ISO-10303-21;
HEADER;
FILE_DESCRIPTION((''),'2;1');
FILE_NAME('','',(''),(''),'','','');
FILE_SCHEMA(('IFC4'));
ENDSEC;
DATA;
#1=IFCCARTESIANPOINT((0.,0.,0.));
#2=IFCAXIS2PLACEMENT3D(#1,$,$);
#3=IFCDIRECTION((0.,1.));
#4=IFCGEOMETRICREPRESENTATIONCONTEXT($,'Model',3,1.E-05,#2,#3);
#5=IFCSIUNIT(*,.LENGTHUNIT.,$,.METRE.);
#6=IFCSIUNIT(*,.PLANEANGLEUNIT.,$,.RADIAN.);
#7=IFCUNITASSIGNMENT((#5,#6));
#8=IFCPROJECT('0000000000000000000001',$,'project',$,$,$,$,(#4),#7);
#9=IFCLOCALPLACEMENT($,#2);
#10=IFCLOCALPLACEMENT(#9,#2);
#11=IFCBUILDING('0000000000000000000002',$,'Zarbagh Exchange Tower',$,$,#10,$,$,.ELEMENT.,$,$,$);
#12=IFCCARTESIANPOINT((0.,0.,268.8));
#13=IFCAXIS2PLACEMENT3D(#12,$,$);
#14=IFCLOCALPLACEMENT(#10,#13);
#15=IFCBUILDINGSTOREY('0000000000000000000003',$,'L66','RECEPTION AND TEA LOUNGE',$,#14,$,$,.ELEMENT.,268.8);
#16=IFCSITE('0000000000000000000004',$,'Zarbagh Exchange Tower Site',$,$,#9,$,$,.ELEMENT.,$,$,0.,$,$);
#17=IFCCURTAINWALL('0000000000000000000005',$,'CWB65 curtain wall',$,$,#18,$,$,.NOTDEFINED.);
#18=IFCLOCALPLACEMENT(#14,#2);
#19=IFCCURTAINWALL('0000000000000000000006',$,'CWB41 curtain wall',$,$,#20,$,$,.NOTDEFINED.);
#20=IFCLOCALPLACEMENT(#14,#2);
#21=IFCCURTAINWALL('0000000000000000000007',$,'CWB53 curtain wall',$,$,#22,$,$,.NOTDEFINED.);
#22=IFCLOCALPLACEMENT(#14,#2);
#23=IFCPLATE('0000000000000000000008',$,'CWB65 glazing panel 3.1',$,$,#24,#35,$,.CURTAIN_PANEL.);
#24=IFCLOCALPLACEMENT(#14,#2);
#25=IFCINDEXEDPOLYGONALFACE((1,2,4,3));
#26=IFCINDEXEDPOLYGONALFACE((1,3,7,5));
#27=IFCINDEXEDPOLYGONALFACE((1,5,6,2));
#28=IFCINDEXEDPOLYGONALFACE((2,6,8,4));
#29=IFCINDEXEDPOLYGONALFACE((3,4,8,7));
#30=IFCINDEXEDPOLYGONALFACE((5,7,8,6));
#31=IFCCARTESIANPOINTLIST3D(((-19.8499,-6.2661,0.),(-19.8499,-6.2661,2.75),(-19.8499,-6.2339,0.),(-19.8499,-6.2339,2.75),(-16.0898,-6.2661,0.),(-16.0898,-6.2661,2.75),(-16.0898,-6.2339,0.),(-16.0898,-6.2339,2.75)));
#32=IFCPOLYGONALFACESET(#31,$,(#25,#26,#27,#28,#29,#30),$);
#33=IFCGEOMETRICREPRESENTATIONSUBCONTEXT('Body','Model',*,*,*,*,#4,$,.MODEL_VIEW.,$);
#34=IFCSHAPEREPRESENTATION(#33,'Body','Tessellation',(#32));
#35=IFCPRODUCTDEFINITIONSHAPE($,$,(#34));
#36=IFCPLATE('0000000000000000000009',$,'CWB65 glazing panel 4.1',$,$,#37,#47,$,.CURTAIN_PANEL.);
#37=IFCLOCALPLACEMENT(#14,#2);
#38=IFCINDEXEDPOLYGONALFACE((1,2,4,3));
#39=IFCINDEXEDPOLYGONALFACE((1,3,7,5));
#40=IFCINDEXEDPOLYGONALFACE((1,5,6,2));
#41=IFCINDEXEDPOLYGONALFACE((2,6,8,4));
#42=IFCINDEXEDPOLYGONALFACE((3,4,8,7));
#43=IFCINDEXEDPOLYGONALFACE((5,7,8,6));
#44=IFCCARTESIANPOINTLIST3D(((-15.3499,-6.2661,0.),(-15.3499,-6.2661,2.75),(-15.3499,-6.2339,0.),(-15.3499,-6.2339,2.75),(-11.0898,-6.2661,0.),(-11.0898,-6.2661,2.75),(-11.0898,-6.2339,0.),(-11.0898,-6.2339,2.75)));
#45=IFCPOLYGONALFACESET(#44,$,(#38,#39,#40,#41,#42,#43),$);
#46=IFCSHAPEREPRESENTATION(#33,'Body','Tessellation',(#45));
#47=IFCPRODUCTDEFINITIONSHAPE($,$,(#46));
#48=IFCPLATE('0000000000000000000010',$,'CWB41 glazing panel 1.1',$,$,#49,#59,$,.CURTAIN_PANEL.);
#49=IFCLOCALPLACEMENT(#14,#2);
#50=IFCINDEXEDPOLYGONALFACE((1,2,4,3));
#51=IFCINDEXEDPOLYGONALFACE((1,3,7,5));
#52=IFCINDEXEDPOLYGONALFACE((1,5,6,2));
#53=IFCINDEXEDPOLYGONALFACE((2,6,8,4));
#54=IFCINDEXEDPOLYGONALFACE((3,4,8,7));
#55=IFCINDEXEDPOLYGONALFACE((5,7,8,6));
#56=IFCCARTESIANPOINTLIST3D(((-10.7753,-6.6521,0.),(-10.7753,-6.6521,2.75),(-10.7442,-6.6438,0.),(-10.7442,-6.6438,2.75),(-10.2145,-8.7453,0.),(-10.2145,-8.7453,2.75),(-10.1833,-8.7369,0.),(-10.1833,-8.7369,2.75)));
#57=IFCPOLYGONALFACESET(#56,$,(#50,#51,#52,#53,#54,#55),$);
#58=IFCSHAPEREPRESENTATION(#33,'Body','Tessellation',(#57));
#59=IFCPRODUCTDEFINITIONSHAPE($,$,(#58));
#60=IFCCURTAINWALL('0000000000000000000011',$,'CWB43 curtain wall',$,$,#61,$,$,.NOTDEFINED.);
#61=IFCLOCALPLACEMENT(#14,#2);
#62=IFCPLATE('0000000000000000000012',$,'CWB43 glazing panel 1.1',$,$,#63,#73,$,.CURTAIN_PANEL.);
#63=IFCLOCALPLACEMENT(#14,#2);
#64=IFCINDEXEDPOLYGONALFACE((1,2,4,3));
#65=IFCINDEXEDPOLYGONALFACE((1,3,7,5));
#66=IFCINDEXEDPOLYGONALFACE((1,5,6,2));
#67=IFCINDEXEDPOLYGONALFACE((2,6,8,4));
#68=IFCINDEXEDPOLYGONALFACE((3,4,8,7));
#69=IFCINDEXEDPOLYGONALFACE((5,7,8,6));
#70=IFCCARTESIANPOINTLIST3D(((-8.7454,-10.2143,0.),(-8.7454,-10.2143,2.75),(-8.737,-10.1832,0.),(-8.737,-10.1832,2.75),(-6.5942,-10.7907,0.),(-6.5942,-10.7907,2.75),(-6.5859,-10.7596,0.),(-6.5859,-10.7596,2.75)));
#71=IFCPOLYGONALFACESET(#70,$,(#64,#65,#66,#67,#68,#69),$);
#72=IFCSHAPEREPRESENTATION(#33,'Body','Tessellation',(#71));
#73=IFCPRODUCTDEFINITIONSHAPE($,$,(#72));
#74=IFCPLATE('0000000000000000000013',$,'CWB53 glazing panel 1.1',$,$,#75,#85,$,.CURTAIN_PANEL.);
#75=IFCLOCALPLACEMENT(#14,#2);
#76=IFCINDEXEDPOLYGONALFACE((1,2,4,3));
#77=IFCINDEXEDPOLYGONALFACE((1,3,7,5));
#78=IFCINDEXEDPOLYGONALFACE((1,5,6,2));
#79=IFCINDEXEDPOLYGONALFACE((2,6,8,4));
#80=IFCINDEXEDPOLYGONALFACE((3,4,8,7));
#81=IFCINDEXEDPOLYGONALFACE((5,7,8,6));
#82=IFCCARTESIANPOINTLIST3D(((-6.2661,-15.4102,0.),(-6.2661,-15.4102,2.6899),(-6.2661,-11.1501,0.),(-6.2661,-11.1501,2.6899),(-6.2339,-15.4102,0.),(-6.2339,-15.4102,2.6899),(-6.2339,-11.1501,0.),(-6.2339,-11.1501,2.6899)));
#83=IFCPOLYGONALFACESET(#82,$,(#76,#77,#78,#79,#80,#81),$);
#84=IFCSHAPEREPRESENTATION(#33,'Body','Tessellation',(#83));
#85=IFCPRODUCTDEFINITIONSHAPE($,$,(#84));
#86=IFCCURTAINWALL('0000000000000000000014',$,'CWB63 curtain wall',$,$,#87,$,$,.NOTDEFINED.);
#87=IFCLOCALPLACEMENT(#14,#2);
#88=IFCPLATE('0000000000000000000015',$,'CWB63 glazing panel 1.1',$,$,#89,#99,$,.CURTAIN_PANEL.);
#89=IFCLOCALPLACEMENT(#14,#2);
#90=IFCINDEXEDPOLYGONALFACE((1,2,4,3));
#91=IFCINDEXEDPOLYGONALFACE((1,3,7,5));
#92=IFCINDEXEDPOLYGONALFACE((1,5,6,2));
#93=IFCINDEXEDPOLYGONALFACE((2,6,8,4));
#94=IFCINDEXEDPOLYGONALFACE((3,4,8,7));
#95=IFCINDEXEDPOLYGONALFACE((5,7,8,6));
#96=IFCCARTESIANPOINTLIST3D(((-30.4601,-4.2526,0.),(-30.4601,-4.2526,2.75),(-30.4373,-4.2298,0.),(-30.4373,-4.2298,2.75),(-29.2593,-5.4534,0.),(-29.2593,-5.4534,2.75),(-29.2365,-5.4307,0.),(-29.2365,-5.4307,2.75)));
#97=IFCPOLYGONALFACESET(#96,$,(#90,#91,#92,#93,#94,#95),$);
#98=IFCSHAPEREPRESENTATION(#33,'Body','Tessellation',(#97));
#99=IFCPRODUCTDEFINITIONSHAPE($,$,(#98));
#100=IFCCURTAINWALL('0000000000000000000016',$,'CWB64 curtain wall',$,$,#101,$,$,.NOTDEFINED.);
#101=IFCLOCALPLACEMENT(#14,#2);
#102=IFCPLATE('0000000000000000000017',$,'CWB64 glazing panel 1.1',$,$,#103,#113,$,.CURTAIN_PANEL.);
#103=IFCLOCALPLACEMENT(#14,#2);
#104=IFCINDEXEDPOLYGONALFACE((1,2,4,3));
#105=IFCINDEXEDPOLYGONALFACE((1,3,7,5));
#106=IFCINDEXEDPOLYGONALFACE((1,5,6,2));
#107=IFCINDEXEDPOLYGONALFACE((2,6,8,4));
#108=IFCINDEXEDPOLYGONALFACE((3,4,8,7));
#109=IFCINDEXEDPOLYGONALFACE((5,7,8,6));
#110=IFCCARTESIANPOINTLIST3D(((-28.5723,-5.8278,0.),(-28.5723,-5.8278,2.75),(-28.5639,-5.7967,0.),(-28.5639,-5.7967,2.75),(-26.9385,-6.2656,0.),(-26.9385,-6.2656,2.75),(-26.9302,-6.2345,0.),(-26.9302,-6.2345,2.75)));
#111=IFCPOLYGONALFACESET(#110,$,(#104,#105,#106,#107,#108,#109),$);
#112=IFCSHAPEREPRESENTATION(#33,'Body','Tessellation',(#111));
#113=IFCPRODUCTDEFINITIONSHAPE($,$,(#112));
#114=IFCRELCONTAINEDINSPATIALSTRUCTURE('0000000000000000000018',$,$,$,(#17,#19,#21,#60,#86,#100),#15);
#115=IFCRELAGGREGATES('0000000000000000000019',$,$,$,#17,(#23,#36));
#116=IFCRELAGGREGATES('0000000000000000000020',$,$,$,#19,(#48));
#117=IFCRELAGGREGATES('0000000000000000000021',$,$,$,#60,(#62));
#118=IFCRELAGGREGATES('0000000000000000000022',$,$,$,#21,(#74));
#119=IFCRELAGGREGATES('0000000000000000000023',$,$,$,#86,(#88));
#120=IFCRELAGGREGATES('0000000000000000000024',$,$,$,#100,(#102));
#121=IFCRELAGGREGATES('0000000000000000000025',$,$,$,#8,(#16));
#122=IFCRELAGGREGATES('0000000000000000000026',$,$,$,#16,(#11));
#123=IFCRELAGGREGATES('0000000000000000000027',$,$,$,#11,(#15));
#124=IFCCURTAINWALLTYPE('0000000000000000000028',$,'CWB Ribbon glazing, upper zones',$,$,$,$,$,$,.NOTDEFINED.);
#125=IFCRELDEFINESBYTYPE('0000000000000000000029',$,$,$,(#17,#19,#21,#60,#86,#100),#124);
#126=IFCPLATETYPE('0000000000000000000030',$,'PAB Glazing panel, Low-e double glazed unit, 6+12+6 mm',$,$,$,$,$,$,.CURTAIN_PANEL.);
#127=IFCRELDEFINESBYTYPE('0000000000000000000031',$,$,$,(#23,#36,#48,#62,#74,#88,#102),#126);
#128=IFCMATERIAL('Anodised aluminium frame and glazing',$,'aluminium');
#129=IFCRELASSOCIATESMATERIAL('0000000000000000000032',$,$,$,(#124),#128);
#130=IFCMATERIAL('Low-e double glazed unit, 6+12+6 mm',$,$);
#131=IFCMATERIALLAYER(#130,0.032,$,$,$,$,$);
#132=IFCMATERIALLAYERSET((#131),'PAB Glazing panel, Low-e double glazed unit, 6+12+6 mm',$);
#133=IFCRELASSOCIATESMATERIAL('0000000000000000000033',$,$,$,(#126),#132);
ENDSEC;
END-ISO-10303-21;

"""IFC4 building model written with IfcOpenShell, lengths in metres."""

from ifc_helpers import new_model, si_unit, direction, frame, origin, place, context, subcontext, project, spatial, polyline, outline, extrude, source, transform, mapped, material, layer, layer_set, type_object, element, aggregate, save


model = new_model("IFC4")

# Units and contexts
model_context = context("Model", 3, precision=1e-05, world=origin(), true_north=direction((0.0, 1.0)))
body_context = subcontext(model_context, "Body", "Model", "MODEL_VIEW")
ifc_project = project(units=[si_unit("LENGTHUNIT", "METRE"), si_unit("PLANEANGLEUNIT", "RADIAN")], contexts=[model_context])

# Site, building, storey
site_placement = place(None, origin())
site = spatial("IfcSite", under=ifc_project, at=site_placement, Name="Zarbagh Exchange Tower Site", CompositionType="ELEMENT", RefElevation=0.0)
building_placement = place(site_placement, origin())
building = spatial("IfcBuilding", under=site, at=building_placement, Name="Zarbagh Exchange Tower", CompositionType="ELEMENT")
storey_placement = place(building_placement, frame((0.0, 0.0, 268.8)))
storey = spatial("IfcBuildingStorey", under=building, at=storey_placement, Name="L66", Description="RECEPTION AND TEA LOUNGE", CompositionType="ELEMENT", Elevation=268.8)

# Shared definitions
ifc_material_1 = material(Name="Anodised aluminium frame and glazing", Category="aluminium")
curtain_wall_type = type_object("IfcCurtainWallType", Name="CWB Ribbon glazing, upper zones", PredefinedType="NOTDEFINED", material=ifc_material_1)
placement = place(storey_placement, origin())

# Curtain wall
curtain_wall_1_placement = place(storey_placement, origin())
curtain_wall_1 = element("IfcCurtainWall", 1, at=curtain_wall_1_placement, inside=storey, type_object=curtain_wall_type, Name="CWB65 curtain wall", PredefinedType="NOTDEFINED")

# Curtain walls
curtain_wall_2_placement = place(storey_placement, origin())
curtain_wall_2 = element("IfcCurtainWall", 2, at=curtain_wall_2_placement, inside=storey, type_object=curtain_wall_type, Name="CWB41 curtain wall", PredefinedType="NOTDEFINED")
curtain_wall_3_placement = place(storey_placement, origin())
curtain_wall_3 = element("IfcCurtainWall", 3, at=curtain_wall_3_placement, inside=storey, type_object=curtain_wall_type, Name="CWB53 curtain wall", PredefinedType="NOTDEFINED")

# Shared definitions
ifc_material_2 = material(Name="Low-e double glazed unit, 6+12+6 mm")
ifc_layer = layer(ifc_material_2, 0.032)
ifc_layer_set = layer_set([ifc_layer], Name="PAB Glazing panel, Low-e double glazed unit, 6+12+6 mm")
plate_type = type_object("IfcPlateType", Name="PAB Glazing panel, Low-e double glazed unit, 6+12+6 mm", PredefinedType="CURTAIN_PANEL", material=ifc_layer_set)

# Plates
shared_shape_1 = source(origin(), body_context, "Body", "SweptSolid", [
    extrude(outline(polyline([(0.0, -0.0161), (3.76, -0.0161), (3.76, 0.0161), (0.0, 0.0161), (0.0, -0.0161)])), origin(), (0.0, 0.0, 1.0), 2.75),
])
plate_1 = element("IfcPlate", 4, at=placement, type_object=plate_type, Name="CWB65 glazing panel 3.1", PredefinedType="CURTAIN_PANEL", context=body_context, shape_type="MappedRepresentation", body=[
    mapped(shared_shape_1, transform((-19.8499, -6.25, 0.0), x_axis=(1.0, 0.0, 0.0), y_axis=(0.0, 1.0, 0.0), z_axis=(0.0, 0.0, 1.0))),
])
shared_shape_2 = source(origin(), body_context, "Body", "SweptSolid", [
    extrude(outline(polyline([(0.0, -0.0161), (4.26, -0.0161), (4.26, 0.0161), (0.0, 0.0161), (0.0, -0.0161)])), origin(), (0.0, 0.0, 1.0), 2.75),
])
plate_2 = element("IfcPlate", 5, at=placement, type_object=plate_type, Name="CWB65 glazing panel 4.1", PredefinedType="CURTAIN_PANEL", context=body_context, shape_type="MappedRepresentation", body=[
    mapped(shared_shape_2, transform((-15.3499, -6.25, 0.0), x_axis=(1.0, 0.0, 0.0), y_axis=(0.0, 1.0, 0.0), z_axis=(0.0, 0.0, 1.0))),
])
aggregate(curtain_wall_1, [plate_1, plate_2])
shared_shape_3 = source(origin(), body_context, "Body", "SweptSolid", [
    extrude(outline(polyline([(0.0, -0.0161), (2.167, -0.0161), (2.167, 0.0161), (0.0, 0.0161), (0.0, -0.0161)])), origin(), (0.0, 0.0, 1.0), 2.75),
])
plate_3 = element("IfcPlate", 6, at=placement, type_object=plate_type, Name="CWB41 glazing panel 1.1", PredefinedType="CURTAIN_PANEL", context=body_context, shape_type="MappedRepresentation", body=[
    mapped(shared_shape_3, transform((-10.7598, -6.6479, 0.0), x_axis=(0.258825, -0.965924, 0.0), y_axis=(0.965924, 0.258825, 0.0), z_axis=(0.0, 0.0, 1.0))),
])
aggregate(curtain_wall_2, [plate_3])

# Curtain wall, plate
curtain_wall_4_placement = place(storey_placement, origin())
curtain_wall_4 = element("IfcCurtainWall", 7, at=curtain_wall_4_placement, inside=storey, type_object=curtain_wall_type, Name="CWB43 curtain wall", PredefinedType="NOTDEFINED")
shared_shape_4 = source(origin(), body_context, "Body", "SweptSolid", [
    extrude(outline(polyline([(0.0, -0.0161), (2.2271, -0.0161), (2.2271, 0.0161), (0.0, 0.0161), (0.0, -0.0161)])), origin(), (0.0, 0.0, 1.0), 2.75),
])
plate_4 = element("IfcPlate", 8, at=placement, type_object=plate_type, Name="CWB43 glazing panel 1.1", PredefinedType="CURTAIN_PANEL", context=body_context, shape_type="MappedRepresentation", body=[
    mapped(shared_shape_4, transform((-8.7412, -10.1987, 0.0), x_axis=(0.965924, -0.258825, 0.0), y_axis=(0.258825, 0.965924, 0.0), z_axis=(0.0, 0.0, 1.0))),
])
aggregate(curtain_wall_4, [plate_4])

# Plate
shared_shape_5 = source(origin(), body_context, "Body", "SweptSolid", [
    extrude(outline(polyline([(0.0, -0.0161), (4.26, -0.0161), (4.26, 0.0161), (0.0, 0.0161), (0.0, -0.0161)])), origin(), (0.0, 0.0, 1.0), 2.6899),
])
plate_5 = element("IfcPlate", 9, at=placement, type_object=plate_type, Name="CWB53 glazing panel 1.1", PredefinedType="CURTAIN_PANEL", context=body_context, shape_type="MappedRepresentation", body=[
    mapped(shared_shape_5, transform((-6.25, -11.1501, 0.0), x_axis=(0.0, -1.0, 0.0), y_axis=(1.0, 0.0, 0.0), z_axis=(0.0, 0.0, 1.0))),
])
aggregate(curtain_wall_3, [plate_5])

# Curtain walls, plates
curtain_wall_5_placement = place(storey_placement, origin())
curtain_wall_5 = element("IfcCurtainWall", 10, at=curtain_wall_5_placement, inside=storey, type_object=curtain_wall_type, Name="CWB63 curtain wall", PredefinedType="NOTDEFINED")
shared_shape_6 = source(origin(), body_context, "Body", "SweptSolid", [
    extrude(outline(polyline([(0.0, -0.0161), (1.6982, -0.0161), (1.6982, 0.0161), (0.0, 0.0161), (0.0, -0.0161)])), origin(), (0.0, 0.0, 1.0), 2.75),
])
plate_6 = element("IfcPlate", 11, at=placement, type_object=plate_type, Name="CWB63 glazing panel 1.1", PredefinedType="CURTAIN_PANEL", context=body_context, shape_type="MappedRepresentation", body=[
    mapped(shared_shape_6, transform((-30.4487, -4.2412, 0.0), x_axis=(0.707107, -0.707107, 0.0), y_axis=(0.707107, 0.707107, 0.0), z_axis=(0.0, 0.0, 1.0))),
])
aggregate(curtain_wall_5, [plate_6])
curtain_wall_6_placement = place(storey_placement, origin())
curtain_wall_6 = element("IfcCurtainWall", 12, at=curtain_wall_6_placement, inside=storey, type_object=curtain_wall_type, Name="CWB64 curtain wall", PredefinedType="NOTDEFINED")
shared_shape_7 = source(origin(), body_context, "Body", "SweptSolid", [
    extrude(outline(polyline([(0.0, -0.0161), (1.6914, -0.0161), (1.6914, 0.0161), (0.0, 0.0161), (0.0, -0.0161)])), origin(), (0.0, 0.0, 1.0), 2.75),
])
plate_7 = element("IfcPlate", 13, at=placement, type_object=plate_type, Name="CWB64 glazing panel 1.1", PredefinedType="CURTAIN_PANEL", context=body_context, shape_type="MappedRepresentation", body=[
    mapped(shared_shape_7, transform((-28.5681, -5.8123, 0.0), x_axis=(0.965924, -0.258825, 0.0), y_axis=(0.258825, 0.965924, 0.0), z_axis=(0.0, 0.0, 1.0))),
])
aggregate(curtain_wall_6, [plate_7])

save(model, "model.ifc")
